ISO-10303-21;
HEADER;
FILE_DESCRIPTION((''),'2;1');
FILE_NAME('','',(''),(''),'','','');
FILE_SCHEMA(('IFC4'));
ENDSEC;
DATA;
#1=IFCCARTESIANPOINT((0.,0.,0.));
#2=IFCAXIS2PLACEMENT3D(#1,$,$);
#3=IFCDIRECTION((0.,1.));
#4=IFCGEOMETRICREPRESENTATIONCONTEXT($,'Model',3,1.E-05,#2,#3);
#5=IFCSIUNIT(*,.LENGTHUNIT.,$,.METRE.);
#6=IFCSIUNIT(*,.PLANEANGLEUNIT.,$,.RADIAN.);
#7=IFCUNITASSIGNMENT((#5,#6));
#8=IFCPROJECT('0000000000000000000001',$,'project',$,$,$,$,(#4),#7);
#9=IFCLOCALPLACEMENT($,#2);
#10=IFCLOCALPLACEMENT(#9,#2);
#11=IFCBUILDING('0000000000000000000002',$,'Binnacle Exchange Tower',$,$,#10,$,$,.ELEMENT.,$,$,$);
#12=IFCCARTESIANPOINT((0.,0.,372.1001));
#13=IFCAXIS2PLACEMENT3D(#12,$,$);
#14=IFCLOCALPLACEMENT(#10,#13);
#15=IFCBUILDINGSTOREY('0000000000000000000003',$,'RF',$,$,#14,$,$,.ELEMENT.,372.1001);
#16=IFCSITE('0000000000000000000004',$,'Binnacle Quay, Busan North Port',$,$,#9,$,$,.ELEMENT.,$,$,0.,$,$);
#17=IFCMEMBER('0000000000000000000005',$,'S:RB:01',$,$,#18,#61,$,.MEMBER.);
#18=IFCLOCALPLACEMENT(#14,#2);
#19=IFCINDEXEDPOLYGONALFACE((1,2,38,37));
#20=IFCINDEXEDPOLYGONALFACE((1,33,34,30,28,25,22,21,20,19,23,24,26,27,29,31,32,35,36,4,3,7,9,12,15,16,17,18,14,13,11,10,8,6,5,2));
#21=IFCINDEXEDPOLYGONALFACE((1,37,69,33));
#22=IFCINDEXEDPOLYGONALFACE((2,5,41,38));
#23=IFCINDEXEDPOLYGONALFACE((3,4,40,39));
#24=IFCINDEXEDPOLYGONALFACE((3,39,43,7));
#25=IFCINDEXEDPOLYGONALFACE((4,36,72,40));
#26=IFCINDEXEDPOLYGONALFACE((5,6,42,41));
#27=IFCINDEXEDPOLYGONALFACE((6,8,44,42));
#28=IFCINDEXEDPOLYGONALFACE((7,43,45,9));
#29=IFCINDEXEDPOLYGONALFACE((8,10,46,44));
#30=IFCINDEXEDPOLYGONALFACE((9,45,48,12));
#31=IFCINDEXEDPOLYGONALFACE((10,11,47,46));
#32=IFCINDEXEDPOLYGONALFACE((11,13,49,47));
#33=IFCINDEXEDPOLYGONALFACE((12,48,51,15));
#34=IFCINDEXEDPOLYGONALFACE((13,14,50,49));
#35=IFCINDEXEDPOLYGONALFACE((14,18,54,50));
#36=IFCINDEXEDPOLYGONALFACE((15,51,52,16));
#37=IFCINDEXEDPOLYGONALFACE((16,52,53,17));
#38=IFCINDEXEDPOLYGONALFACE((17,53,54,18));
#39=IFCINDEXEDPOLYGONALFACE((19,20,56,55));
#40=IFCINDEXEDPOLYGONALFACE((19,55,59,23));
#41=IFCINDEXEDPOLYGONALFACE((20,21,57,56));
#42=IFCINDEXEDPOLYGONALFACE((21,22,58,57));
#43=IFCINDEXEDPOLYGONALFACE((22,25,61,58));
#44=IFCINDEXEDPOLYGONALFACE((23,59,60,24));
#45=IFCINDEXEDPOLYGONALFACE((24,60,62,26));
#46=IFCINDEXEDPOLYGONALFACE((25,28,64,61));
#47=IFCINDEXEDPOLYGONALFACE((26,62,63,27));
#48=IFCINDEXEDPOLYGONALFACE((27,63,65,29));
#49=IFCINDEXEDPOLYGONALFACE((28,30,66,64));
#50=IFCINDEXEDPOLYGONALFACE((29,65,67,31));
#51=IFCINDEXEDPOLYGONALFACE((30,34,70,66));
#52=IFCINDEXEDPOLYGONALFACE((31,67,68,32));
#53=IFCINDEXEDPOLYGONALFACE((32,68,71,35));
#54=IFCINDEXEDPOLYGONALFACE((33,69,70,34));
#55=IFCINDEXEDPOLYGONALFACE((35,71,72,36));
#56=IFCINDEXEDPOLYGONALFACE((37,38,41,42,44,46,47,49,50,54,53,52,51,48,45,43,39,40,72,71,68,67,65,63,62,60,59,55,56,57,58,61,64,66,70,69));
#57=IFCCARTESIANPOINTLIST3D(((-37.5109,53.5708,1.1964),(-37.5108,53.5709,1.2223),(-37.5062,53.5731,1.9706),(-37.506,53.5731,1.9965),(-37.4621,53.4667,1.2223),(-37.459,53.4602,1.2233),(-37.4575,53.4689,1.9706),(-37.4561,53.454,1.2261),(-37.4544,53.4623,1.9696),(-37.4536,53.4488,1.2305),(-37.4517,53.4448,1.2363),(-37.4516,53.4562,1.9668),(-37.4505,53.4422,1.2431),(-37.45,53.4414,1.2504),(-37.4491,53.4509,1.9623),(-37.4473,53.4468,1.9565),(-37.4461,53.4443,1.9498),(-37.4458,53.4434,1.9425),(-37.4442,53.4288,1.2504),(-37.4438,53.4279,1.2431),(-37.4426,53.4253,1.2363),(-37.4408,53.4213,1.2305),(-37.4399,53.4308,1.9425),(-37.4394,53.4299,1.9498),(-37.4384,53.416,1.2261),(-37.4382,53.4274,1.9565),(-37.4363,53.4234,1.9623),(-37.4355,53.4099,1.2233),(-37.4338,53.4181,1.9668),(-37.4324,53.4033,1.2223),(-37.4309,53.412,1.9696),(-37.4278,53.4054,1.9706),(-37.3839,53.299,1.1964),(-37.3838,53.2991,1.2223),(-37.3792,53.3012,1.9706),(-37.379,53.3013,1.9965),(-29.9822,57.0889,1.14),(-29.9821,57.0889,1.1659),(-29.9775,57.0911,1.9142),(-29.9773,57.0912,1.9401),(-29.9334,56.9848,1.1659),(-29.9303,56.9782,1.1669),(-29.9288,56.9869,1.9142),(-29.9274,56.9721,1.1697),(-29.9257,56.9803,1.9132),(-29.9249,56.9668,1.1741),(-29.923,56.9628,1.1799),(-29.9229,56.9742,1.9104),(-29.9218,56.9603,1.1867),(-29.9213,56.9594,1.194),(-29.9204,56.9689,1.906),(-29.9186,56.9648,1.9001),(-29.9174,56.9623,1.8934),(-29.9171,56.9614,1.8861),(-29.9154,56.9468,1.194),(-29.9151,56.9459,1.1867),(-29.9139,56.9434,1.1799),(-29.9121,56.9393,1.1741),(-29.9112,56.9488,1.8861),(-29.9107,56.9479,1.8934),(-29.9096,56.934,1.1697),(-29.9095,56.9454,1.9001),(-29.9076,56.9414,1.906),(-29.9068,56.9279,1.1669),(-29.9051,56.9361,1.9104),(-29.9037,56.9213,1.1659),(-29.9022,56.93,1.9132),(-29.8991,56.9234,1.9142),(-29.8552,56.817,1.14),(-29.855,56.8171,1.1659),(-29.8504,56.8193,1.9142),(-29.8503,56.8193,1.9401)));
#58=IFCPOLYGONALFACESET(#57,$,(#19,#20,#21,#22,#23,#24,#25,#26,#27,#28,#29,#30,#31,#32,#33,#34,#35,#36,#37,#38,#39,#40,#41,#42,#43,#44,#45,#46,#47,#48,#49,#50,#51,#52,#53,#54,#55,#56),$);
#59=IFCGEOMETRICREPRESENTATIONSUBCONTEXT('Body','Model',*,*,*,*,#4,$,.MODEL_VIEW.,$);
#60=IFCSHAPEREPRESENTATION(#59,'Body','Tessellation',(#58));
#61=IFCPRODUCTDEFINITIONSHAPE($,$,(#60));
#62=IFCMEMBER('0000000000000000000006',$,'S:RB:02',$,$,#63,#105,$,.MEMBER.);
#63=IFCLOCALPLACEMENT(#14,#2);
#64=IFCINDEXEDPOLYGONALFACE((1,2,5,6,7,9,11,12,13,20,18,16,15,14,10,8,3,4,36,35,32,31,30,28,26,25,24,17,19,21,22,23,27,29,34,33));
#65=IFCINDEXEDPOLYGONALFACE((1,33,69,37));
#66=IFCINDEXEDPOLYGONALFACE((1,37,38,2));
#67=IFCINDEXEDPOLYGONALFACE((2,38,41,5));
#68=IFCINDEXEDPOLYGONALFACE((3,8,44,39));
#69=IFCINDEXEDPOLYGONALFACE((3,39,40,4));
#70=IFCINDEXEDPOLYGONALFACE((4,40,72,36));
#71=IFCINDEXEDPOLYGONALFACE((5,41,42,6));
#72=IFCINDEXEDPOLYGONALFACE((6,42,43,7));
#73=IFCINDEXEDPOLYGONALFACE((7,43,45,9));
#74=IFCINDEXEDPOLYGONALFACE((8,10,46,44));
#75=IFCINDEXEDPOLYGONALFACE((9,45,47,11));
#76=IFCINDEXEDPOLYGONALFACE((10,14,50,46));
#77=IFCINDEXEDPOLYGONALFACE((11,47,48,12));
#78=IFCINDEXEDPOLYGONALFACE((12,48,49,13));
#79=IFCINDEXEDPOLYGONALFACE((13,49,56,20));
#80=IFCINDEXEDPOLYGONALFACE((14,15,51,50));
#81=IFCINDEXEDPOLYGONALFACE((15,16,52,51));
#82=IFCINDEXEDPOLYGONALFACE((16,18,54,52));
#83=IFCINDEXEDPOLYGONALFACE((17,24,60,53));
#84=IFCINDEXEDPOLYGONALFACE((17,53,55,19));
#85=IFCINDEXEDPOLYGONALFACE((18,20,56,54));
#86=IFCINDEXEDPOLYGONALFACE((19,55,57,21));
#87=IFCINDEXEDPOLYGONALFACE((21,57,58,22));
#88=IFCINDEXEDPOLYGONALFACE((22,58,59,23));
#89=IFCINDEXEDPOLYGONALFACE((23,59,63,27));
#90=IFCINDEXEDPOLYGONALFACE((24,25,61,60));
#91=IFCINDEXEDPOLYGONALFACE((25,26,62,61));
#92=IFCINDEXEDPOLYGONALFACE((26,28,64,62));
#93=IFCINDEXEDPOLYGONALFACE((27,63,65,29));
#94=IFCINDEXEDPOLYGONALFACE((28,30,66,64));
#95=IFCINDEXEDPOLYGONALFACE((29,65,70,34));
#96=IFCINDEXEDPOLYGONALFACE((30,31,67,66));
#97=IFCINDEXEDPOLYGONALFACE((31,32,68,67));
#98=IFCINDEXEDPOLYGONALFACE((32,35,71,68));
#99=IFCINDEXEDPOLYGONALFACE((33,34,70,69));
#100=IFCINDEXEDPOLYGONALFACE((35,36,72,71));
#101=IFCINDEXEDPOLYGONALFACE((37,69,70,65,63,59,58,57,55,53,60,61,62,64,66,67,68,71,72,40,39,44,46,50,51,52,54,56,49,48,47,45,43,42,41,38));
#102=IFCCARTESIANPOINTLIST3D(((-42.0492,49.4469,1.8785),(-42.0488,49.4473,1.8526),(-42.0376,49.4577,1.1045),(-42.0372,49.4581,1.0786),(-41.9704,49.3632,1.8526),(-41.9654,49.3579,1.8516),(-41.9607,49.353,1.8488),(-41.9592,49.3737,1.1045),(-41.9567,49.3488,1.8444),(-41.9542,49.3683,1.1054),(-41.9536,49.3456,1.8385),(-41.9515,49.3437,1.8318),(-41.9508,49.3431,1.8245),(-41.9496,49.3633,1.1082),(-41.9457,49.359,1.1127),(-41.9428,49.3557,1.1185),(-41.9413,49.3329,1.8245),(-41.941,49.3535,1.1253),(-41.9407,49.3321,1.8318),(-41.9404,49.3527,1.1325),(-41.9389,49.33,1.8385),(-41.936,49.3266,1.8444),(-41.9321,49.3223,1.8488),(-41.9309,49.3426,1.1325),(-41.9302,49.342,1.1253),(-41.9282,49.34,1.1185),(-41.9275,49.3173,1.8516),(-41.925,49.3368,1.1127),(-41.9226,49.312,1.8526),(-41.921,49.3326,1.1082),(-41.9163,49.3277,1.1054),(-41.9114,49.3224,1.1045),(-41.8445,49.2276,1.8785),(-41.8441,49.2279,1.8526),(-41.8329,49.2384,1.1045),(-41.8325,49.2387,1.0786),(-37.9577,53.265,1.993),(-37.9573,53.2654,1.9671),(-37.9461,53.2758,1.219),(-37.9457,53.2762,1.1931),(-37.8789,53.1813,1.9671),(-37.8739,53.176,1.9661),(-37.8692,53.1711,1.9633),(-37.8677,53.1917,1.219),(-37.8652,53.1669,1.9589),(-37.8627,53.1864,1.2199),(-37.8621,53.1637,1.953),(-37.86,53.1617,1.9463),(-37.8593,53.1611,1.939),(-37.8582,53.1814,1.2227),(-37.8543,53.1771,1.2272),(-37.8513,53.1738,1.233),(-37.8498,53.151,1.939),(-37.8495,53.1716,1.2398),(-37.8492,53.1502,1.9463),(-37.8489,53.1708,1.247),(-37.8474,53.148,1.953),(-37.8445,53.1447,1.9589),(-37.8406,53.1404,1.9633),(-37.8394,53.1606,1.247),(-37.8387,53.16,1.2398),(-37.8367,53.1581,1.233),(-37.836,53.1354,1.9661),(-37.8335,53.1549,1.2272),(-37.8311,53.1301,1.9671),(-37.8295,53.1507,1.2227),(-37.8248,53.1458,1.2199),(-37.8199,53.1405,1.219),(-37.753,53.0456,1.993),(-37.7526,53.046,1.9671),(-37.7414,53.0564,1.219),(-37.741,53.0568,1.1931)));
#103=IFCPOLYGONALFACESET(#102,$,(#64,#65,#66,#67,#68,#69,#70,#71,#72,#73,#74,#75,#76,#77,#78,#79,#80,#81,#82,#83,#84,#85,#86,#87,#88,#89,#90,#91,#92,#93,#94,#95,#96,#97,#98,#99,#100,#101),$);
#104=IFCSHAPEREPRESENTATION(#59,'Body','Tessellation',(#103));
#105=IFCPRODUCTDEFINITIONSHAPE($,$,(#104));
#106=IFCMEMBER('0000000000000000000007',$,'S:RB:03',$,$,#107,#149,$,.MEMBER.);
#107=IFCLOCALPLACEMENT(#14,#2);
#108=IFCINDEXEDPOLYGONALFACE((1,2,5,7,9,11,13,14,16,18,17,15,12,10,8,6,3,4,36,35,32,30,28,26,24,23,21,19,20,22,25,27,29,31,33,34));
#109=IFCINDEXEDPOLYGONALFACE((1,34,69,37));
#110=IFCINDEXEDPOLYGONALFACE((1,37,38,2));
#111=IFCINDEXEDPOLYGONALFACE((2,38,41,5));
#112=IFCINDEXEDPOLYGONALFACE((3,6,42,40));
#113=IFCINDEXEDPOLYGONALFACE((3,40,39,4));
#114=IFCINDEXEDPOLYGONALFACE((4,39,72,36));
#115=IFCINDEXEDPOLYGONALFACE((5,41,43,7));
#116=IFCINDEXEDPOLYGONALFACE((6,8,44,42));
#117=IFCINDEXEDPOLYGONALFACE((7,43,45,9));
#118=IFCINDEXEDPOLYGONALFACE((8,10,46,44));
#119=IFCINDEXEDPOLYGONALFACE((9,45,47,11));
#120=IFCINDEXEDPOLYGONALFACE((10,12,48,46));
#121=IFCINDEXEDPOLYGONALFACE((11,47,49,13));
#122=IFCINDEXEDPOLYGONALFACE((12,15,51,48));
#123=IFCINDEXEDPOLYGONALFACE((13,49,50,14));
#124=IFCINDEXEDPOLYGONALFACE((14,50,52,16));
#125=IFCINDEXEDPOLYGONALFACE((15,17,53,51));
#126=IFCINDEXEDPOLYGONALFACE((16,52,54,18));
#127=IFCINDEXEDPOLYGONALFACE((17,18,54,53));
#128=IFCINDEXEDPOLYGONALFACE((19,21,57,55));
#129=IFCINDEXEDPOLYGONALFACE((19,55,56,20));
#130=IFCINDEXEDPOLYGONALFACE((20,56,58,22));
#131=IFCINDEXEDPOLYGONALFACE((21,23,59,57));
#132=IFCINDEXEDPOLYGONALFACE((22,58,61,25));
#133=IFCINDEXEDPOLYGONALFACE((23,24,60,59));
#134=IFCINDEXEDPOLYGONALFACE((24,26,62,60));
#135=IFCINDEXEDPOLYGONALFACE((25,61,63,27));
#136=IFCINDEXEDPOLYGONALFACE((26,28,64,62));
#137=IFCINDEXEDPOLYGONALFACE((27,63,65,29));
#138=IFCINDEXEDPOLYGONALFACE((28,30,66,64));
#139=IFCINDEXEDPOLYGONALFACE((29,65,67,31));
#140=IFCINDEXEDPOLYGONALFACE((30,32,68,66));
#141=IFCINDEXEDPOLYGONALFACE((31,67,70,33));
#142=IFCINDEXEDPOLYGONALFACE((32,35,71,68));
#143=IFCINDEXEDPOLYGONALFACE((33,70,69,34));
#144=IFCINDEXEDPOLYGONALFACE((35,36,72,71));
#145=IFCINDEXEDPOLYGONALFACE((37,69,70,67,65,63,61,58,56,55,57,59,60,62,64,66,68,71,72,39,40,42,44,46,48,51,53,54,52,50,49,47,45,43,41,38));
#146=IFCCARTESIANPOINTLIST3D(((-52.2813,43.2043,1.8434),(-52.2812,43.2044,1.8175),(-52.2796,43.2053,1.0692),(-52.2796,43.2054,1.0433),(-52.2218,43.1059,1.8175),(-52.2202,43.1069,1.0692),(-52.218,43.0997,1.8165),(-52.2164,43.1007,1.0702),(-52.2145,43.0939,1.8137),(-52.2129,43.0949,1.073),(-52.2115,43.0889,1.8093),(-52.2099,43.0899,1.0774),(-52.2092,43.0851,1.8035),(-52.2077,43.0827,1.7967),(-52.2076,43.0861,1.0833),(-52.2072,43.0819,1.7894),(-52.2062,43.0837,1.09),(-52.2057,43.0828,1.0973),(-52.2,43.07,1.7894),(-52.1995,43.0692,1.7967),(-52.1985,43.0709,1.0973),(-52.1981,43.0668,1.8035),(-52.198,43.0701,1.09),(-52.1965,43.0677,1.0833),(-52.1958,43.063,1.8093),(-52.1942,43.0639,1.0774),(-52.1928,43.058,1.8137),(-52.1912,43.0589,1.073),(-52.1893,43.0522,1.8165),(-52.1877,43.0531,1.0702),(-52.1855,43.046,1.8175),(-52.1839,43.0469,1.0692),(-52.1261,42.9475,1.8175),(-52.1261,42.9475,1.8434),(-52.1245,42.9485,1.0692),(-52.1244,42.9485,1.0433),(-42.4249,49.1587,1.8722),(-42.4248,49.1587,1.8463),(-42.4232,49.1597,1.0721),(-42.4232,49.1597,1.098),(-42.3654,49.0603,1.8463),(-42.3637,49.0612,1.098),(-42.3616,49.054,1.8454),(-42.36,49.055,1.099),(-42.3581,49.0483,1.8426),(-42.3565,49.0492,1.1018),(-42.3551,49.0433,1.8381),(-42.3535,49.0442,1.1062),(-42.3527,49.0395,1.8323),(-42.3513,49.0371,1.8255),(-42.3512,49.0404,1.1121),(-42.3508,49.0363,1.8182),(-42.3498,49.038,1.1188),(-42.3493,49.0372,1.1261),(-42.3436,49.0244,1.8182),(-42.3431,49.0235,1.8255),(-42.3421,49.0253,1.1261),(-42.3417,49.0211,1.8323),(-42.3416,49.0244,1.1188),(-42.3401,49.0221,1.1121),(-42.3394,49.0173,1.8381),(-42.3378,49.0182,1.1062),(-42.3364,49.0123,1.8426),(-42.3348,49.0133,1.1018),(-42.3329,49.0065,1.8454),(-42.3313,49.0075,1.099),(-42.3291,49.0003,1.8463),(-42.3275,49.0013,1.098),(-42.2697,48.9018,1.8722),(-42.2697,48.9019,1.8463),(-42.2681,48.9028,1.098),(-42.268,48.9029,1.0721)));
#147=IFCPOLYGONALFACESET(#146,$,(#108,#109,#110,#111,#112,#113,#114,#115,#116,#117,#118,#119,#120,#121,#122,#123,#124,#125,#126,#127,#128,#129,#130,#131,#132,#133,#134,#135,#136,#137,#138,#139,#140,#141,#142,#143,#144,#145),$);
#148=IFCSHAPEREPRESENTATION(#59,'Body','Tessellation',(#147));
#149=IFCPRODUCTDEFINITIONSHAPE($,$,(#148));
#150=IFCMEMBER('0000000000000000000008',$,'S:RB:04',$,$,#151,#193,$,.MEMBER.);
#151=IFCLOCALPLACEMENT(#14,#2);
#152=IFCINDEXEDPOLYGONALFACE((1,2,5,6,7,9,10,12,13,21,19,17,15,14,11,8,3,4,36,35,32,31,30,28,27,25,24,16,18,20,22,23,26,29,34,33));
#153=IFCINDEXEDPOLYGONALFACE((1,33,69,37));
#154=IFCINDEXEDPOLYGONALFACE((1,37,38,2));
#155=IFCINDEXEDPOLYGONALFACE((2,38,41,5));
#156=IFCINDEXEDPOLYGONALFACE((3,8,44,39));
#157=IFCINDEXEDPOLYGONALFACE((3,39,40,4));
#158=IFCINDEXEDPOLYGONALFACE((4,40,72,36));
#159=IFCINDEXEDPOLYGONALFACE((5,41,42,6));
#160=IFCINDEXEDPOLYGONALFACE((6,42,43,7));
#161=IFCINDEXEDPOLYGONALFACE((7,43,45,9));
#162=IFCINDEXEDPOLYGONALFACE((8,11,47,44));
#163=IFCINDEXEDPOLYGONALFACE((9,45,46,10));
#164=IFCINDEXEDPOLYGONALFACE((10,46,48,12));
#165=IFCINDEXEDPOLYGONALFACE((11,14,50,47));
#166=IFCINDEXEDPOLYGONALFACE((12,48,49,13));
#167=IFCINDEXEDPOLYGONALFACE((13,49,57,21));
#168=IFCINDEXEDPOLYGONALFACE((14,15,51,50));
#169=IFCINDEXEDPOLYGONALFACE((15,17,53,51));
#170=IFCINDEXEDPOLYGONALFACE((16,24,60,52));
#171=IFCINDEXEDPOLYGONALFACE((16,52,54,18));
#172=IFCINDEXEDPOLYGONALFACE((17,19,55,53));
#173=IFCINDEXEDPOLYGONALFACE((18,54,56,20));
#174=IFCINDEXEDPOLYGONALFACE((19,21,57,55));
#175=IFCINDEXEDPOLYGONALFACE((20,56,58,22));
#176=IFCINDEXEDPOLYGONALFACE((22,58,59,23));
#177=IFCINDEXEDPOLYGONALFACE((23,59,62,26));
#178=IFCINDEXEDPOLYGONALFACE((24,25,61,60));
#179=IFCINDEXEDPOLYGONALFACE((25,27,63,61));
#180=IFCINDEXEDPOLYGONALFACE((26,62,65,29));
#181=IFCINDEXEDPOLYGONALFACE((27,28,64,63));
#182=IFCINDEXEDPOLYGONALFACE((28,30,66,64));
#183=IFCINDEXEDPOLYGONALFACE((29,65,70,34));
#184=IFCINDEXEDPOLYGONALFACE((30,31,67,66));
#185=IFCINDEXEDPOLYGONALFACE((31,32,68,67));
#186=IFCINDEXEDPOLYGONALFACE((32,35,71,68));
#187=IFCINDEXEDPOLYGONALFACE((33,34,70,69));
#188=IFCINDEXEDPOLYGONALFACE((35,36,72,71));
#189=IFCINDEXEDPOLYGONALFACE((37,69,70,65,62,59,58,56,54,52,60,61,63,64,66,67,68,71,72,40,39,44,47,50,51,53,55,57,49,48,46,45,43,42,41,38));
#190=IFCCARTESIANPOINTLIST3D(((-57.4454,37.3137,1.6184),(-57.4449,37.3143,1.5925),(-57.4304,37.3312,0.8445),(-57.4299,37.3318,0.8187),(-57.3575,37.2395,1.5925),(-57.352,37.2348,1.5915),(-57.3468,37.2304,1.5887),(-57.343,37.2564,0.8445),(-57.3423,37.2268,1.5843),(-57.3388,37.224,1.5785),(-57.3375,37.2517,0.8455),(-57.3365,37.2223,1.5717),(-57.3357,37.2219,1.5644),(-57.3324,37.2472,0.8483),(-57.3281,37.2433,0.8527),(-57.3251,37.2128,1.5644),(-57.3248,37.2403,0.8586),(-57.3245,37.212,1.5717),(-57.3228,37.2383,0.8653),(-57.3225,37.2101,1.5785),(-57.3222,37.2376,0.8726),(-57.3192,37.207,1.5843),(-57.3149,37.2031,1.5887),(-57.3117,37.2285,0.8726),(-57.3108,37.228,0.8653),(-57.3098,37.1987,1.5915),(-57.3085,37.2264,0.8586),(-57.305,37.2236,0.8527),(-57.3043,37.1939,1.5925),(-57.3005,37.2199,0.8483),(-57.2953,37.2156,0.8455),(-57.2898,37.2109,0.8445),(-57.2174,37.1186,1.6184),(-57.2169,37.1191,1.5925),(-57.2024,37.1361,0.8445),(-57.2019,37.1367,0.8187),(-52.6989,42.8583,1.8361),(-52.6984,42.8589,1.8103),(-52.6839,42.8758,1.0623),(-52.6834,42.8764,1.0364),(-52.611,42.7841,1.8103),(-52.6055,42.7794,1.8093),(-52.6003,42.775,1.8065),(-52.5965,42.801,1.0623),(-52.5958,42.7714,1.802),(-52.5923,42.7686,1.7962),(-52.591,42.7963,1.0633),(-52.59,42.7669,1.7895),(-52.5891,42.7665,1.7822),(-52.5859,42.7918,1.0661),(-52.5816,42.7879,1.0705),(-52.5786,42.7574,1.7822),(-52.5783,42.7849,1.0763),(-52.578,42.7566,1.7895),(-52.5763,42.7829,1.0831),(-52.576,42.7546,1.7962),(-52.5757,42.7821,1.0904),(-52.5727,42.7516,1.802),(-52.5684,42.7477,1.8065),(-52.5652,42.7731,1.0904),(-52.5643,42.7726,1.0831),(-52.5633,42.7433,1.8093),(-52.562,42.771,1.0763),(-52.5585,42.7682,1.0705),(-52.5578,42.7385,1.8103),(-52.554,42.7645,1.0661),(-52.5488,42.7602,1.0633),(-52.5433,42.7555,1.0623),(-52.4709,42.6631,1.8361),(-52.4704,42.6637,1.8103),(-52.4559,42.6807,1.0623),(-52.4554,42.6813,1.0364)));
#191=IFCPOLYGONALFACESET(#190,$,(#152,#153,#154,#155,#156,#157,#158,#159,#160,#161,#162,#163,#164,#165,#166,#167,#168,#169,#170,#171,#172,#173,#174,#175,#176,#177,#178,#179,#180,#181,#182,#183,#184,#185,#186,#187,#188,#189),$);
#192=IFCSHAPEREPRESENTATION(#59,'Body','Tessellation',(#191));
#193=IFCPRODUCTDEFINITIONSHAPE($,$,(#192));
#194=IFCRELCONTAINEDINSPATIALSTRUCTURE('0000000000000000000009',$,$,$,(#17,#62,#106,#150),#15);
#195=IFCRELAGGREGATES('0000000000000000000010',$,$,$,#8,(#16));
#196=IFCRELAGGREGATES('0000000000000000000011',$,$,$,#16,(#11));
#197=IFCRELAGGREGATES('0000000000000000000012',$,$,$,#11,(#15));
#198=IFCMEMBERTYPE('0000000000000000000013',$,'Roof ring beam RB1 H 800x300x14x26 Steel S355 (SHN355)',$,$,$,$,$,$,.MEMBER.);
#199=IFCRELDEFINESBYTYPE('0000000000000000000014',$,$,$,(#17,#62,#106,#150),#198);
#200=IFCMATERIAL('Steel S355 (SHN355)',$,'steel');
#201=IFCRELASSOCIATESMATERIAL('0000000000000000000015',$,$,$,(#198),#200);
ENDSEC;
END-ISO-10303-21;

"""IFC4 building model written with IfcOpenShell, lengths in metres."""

from ifc_helpers import new_model, si_unit, direction, frame, origin, origin_2d, place, context, subcontext, project, spatial, i_section, extrude, material, material_profile, profile_set, type_object, element, save


model = new_model("IFC4")

# Units and contexts
model_context = context("Model", 3, precision=1e-05, world=origin(), true_north=direction((0.0, 1.0)))
body_context = subcontext(model_context, "Body", "Model", "MODEL_VIEW")
ifc_project = project(units=[si_unit("LENGTHUNIT", "METRE"), si_unit("PLANEANGLEUNIT", "RADIAN")], contexts=[model_context])

# Site, building, storey
site_placement = place(None, origin())
site = spatial("IfcSite", under=ifc_project, at=site_placement, Name="Binnacle Quay, Busan North Port", CompositionType="ELEMENT", RefElevation=0.0)
building_placement = place(site_placement, origin())
building = spatial("IfcBuilding", under=site, at=building_placement, Name="Binnacle Exchange Tower", CompositionType="ELEMENT")
storey_placement = place(building_placement, frame((0.0, 0.0, 372.1001)))
storey = spatial("IfcBuildingStorey", under=building, at=storey_placement, Name="RF", CompositionType="ELEMENT", Elevation=372.1001)

# Members
ifc_material_1 = material(Name="Steel S355 (SHN355)", Category="steel")
ifc_material_profile_1 = material_profile(ifc_material_1, i_section(OverallWidth=0.3, OverallDepth=0.8, WebThickness=0.0139, FlangeThickness=0.0259, FilletRadius=0.0281, at=origin_2d()), Name="H 800x300x14x26")
ifc_profile_set_1 = profile_set([ifc_material_profile_1], Name="Steel S355 (SHN355)")
member_type_1 = type_object("IfcMemberType", Name="Roof ring beam RB1 H 800x300x14x26 Steel S355 (SHN355)", PredefinedType="MEMBER", material=ifc_profile_set_1)
member_1_placement = place(storey_placement, frame((-29.9163, 56.9541, 1.54), z_axis=(-0.905949, -0.423332, 0.006786), x_axis=(0.423342, -0.90597, 0.0)))
element("IfcMember", 1, at=member_1_placement, inside=storey, type_object=member_type_1, Name="S:RB:01", PredefinedType="MEMBER", context=body_context, shape_type="SweptSolid", body=[
    extrude(i_section(OverallWidth=0.3, OverallDepth=0.8, WebThickness=0.0139, FlangeThickness=0.0259, FilletRadius=0.0281, at=origin_2d()), origin(), (0.0, 0.0, 1.0), 8.3103),
])
member_2_placement = place(storey_placement, frame((-37.8494, 53.1609, 1.593), z_axis=(-0.730962, -0.682112, -0.020456), x_axis=(0.682255, -0.731115, 0.0)))
element("IfcMember", 2, at=member_2_placement, inside=storey, type_object=member_type_1, Name="S:RB:02", PredefinedType="MEMBER", context=body_context, shape_type="SweptSolid", body=[
    extrude(i_section(OverallWidth=0.3, OverallDepth=0.8, WebThickness=0.0139, FlangeThickness=0.0259, FilletRadius=0.0281, at=origin_2d()), origin(), (0.0, 0.0, 1.0), 5.5974),
])
member_3_placement = place(storey_placement, frame((-42.3464, 49.0308, 1.4722), z_axis=(-0.855936, -0.517076, -0.002502), x_axis=(0.517078, -0.855938, 0.0)))
element("IfcMember", 3, at=member_3_placement, inside=storey, type_object=member_type_1, Name="S:RB:03", PredefinedType="MEMBER", context=body_context, shape_type="SweptSolid", body=[
    extrude(i_section(OverallWidth=0.3, OverallDepth=0.8, WebThickness=0.0139, FlangeThickness=0.0259, FilletRadius=0.0281, at=origin_2d()), origin(), (0.0, 0.0, 1.0), 11.5154),
])
member_4_placement = place(storey_placement, frame((-52.5771, 42.7698, 1.4363), z_axis=(-0.650028, -0.759325, -0.029823), x_axis=(0.759663, -0.650317, 0.0)))
element("IfcMember", 4, at=member_4_placement, inside=storey, type_object=member_type_1, Name="S:RB:04", PredefinedType="MEMBER", context=body_context, shape_type="SweptSolid", body=[
    extrude(i_section(OverallWidth=0.3, OverallDepth=0.8, WebThickness=0.0139, FlangeThickness=0.0259, FilletRadius=0.0281, at=origin_2d()), origin(), (0.0, 0.0, 1.0), 7.302),
])

save(model, "model.ifc")
